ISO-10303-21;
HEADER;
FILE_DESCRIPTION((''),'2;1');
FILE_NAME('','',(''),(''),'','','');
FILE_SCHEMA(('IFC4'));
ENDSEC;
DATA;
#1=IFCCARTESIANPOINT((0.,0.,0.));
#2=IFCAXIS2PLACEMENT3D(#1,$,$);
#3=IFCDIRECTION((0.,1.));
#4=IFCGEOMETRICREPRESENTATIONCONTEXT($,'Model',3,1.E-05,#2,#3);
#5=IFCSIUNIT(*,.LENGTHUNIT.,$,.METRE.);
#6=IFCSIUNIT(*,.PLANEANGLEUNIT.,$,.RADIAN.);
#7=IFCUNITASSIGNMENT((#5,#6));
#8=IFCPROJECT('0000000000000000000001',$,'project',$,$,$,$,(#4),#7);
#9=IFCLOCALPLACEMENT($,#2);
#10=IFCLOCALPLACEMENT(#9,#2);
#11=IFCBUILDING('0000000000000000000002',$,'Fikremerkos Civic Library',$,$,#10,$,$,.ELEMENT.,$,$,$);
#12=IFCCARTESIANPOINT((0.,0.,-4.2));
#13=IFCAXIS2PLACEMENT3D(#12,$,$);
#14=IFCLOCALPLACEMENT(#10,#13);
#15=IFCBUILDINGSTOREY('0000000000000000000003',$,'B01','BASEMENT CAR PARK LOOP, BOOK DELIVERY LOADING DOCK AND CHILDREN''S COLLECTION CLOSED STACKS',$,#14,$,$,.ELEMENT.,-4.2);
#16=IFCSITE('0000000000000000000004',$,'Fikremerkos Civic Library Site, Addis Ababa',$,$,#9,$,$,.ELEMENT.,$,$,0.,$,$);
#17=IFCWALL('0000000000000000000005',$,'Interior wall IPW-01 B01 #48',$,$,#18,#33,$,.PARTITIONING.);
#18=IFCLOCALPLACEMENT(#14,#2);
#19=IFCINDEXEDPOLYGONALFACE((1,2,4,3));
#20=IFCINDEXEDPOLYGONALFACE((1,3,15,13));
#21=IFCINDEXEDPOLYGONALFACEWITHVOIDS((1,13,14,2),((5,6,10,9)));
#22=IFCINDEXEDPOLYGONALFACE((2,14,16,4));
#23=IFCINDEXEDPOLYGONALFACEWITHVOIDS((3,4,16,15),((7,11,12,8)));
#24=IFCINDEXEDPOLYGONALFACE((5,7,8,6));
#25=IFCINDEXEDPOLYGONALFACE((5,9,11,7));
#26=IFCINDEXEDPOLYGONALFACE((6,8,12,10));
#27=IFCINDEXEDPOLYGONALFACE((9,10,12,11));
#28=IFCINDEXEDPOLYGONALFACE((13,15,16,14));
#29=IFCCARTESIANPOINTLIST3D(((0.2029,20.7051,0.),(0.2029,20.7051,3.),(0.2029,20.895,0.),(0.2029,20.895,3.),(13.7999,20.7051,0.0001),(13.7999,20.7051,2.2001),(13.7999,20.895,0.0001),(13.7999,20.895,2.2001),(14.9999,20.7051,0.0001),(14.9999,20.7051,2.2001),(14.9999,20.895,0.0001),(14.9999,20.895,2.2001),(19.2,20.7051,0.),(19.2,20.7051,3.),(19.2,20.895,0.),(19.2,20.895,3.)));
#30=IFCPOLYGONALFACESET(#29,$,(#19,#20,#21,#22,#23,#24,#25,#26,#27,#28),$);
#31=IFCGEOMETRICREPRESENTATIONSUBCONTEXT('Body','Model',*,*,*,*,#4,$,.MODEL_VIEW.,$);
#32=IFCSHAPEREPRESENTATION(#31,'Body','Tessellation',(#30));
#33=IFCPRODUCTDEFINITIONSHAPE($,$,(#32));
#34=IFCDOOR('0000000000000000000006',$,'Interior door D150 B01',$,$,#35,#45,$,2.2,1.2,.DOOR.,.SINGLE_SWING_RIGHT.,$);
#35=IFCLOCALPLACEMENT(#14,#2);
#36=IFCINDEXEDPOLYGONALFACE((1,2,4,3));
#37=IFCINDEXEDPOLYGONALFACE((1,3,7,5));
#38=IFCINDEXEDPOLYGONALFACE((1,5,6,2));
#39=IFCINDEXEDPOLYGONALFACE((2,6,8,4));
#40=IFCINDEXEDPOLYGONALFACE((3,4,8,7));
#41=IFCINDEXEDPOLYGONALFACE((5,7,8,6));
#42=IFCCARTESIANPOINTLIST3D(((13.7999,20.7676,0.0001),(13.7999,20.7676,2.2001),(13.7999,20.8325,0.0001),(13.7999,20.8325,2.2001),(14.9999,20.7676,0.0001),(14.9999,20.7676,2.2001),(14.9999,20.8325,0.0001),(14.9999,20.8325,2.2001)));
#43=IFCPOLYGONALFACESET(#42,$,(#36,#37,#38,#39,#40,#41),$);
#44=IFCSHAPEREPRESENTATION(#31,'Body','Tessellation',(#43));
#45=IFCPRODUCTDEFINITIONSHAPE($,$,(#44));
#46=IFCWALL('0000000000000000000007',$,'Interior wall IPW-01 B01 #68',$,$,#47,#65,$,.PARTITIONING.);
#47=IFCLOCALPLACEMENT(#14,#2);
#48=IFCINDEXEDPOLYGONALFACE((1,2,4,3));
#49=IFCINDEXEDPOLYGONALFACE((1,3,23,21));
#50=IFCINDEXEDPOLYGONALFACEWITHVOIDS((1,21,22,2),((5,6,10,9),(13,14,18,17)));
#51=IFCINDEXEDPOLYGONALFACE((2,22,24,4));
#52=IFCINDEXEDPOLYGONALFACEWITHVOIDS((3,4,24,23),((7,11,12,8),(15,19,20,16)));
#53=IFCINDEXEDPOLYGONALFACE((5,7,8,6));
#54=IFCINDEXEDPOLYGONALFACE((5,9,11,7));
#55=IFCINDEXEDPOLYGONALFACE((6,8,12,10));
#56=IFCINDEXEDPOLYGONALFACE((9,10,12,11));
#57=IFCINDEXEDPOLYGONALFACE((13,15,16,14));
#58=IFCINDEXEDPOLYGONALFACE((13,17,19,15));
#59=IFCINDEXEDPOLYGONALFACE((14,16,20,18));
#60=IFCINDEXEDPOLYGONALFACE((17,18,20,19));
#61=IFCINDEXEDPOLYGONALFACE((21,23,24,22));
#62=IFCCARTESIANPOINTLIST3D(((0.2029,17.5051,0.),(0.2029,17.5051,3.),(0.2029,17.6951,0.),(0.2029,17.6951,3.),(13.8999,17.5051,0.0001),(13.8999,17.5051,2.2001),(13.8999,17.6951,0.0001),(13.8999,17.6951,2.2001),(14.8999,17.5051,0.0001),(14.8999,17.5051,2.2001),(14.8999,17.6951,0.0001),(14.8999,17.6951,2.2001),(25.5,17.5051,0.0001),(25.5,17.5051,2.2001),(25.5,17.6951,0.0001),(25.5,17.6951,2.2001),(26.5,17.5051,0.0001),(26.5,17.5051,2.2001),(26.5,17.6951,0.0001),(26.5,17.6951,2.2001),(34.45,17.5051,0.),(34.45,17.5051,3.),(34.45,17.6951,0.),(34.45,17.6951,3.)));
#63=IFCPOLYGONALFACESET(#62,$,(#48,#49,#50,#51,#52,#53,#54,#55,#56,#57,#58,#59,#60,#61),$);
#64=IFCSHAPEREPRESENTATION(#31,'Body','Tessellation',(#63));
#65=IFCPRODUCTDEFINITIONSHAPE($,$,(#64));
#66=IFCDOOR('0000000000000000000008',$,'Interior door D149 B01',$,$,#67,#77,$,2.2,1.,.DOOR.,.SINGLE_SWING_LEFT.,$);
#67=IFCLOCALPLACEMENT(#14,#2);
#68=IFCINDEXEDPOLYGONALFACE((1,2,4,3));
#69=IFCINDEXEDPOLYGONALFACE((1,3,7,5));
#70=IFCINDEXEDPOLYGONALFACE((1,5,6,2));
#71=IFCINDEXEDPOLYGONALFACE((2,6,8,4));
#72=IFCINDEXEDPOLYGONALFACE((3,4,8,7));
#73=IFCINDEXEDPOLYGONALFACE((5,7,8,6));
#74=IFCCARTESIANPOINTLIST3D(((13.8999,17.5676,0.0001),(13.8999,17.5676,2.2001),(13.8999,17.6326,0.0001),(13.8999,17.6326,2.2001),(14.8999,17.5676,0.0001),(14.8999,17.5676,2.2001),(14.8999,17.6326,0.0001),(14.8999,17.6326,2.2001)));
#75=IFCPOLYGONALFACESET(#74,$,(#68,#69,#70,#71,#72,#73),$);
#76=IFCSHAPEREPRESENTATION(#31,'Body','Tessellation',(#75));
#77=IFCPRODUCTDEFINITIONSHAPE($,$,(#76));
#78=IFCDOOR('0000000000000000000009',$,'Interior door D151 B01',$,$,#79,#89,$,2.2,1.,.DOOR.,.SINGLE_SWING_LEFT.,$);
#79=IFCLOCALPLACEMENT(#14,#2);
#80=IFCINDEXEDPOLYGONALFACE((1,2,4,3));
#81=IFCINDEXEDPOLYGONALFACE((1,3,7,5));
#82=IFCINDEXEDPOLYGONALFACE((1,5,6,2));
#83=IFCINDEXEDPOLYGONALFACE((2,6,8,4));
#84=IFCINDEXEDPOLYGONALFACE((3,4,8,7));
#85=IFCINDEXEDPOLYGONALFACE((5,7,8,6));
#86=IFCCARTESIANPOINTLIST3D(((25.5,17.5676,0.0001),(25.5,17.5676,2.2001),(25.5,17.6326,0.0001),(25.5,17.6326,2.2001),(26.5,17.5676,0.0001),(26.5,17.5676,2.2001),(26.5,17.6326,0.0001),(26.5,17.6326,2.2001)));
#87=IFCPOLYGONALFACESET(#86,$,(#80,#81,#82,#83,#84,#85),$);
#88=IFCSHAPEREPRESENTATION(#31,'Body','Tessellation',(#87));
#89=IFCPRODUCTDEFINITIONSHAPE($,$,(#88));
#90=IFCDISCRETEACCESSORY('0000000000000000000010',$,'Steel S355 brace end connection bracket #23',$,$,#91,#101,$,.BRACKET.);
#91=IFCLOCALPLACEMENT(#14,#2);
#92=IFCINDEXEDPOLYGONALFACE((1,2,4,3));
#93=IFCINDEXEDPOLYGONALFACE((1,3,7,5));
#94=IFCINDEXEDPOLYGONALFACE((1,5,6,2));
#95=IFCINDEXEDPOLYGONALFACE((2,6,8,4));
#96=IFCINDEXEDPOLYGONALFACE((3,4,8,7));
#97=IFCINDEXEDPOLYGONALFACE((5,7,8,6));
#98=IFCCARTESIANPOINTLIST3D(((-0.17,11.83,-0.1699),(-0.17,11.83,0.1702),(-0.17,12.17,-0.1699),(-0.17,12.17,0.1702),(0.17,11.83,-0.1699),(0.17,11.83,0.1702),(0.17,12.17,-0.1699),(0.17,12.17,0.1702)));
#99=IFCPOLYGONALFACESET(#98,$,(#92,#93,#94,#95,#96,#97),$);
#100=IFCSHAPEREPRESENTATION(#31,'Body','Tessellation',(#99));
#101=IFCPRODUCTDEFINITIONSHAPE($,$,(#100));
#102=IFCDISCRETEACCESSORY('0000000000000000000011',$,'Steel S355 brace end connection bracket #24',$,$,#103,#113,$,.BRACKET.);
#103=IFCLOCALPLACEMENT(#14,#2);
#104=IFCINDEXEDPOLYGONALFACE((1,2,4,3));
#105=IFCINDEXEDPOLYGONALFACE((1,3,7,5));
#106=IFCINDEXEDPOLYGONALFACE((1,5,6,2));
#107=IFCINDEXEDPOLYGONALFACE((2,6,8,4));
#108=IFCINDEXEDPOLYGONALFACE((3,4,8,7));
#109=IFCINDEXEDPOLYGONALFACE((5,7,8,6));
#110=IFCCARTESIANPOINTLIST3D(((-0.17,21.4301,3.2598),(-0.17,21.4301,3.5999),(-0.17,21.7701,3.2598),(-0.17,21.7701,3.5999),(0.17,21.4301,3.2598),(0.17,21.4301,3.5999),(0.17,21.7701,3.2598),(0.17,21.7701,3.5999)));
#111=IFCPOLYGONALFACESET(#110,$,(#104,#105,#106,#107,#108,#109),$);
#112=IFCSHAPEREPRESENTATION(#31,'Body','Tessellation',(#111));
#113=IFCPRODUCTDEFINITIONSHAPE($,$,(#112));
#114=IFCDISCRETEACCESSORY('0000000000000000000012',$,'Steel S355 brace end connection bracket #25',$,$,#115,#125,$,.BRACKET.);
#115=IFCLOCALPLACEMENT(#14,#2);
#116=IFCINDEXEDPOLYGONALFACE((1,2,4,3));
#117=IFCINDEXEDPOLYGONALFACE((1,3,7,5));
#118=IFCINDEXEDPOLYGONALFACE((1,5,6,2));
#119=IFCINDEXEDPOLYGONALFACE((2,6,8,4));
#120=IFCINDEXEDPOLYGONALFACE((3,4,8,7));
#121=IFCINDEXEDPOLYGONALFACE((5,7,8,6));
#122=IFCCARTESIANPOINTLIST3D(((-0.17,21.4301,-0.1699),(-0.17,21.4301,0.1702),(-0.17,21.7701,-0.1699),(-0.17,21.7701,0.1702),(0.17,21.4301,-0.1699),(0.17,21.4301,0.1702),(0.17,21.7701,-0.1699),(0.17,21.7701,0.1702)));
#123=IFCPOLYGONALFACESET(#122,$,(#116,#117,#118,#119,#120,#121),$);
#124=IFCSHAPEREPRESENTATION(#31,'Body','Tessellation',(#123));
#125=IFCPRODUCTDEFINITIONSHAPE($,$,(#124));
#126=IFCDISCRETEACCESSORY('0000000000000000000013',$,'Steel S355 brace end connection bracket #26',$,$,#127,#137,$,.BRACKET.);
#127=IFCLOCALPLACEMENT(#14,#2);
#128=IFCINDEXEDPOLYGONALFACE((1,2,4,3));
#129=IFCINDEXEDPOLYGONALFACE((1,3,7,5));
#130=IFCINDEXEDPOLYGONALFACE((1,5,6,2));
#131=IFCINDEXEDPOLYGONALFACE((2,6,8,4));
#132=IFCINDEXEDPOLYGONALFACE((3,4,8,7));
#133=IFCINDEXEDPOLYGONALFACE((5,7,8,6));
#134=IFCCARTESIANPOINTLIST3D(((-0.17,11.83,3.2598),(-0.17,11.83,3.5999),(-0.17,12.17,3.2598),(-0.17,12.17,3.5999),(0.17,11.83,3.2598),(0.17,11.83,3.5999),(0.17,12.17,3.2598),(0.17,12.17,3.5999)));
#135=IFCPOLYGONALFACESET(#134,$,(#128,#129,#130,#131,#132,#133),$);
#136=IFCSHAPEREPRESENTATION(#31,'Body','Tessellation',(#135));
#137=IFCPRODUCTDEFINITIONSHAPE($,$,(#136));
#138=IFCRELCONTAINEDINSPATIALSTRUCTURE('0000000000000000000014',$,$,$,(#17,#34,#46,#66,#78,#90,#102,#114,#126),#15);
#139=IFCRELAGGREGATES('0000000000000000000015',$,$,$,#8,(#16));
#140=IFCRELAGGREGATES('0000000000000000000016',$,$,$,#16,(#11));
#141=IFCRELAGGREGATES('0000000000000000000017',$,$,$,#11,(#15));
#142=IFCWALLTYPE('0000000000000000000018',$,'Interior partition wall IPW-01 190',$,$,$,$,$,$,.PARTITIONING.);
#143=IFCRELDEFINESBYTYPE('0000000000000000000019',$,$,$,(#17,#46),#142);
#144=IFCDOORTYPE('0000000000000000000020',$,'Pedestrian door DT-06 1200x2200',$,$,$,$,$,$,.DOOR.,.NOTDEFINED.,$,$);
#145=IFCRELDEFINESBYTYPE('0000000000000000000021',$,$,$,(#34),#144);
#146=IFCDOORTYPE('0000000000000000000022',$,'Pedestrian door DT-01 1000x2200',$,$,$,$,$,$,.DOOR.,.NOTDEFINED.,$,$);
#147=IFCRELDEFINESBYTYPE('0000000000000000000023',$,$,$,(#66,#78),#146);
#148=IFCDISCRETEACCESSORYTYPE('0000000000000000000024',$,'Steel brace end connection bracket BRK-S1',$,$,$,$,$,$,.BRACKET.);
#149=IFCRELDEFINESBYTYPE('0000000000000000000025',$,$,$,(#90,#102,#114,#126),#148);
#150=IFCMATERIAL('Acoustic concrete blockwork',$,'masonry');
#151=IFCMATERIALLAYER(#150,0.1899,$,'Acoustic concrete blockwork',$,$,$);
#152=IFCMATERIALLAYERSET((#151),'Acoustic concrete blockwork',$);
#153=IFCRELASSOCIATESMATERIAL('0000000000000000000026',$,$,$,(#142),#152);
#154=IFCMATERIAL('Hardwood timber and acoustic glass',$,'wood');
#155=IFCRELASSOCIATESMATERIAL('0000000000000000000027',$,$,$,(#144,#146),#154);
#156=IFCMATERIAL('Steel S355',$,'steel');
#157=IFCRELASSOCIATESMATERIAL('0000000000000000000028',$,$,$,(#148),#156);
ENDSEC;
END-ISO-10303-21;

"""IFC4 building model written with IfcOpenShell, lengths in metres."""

from ifc_helpers import new_model, si_unit, direction, frame, frame_2d, origin, origin_2d, place, context, subcontext, project, spatial, rectangle, extrude, material, layer, layer_set, type_object, element, fill, save


model = new_model("IFC4")

# Units and contexts
model_context = context("Model", 3, precision=1e-05, world=origin(), true_north=direction((0.0, 1.0)))
body_context = subcontext(model_context, "Body", "Model", "MODEL_VIEW")
ifc_project = project(units=[si_unit("LENGTHUNIT", "METRE"), si_unit("PLANEANGLEUNIT", "RADIAN")], contexts=[model_context])

# Site, building, storey
site_placement = place(None, origin())
site = spatial("IfcSite", under=ifc_project, at=site_placement, Name="Fikremerkos Civic Library Site, Addis Ababa", CompositionType="ELEMENT", RefElevation=0.0)
building_placement = place(site_placement, origin())
building = spatial("IfcBuilding", under=site, at=building_placement, Name="Fikremerkos Civic Library", CompositionType="ELEMENT")
storey_placement = place(building_placement, frame((0.0, 0.0, -4.2)))
storey = spatial("IfcBuildingStorey", under=building, at=storey_placement, Name="B01", Description="BASEMENT CAR PARK LOOP, BOOK DELIVERY LOADING DOCK AND CHILDREN'S COLLECTION CLOSED STACKS", CompositionType="ELEMENT", Elevation=-4.2)

# Shared definitions
ifc_material_1 = material(Name="Steel S355", Category="steel")

# Wall, opening, door
ifc_material_2 = material(Name="Acoustic concrete blockwork", Category="masonry")
ifc_layer_1 = layer(ifc_material_2, 0.1899, Name="Acoustic concrete blockwork")
ifc_layer_set_1 = layer_set([ifc_layer_1], Name="Acoustic concrete blockwork")
wall_type_1 = type_object("IfcWallType", Name="Interior partition wall IPW-01 190", PredefinedType="PARTITIONING", material=ifc_layer_set_1)
wall_1_placement = place(storey_placement, frame((0.2029, 20.8, 0.0), z_axis=(0.0, 0.0, 1.0), x_axis=(1.0, 0.0, 0.0)))
wall_1 = element("IfcWall", 1, at=wall_1_placement, inside=storey, type_object=wall_type_1, Name="Interior wall IPW-01 B01 #48", PredefinedType="PARTITIONING", context=body_context, shape_type="SweptSolid", body=[
    extrude(rectangle(XDim=18.9971, YDim=0.1899, at=frame_2d((9.4985, 0.0))), origin(), (0.0, 0.0, 1.0), 3.0),
])
opening_1_placement = place(wall_1_placement, frame((13.5969, 0.0, 0.0)))
opening_1 = element("IfcOpeningElement", 2, at=opening_1_placement, cuts=wall_1, PredefinedType="OPENING", context=body_context, shape_type="SweptSolid", body=[
    extrude(rectangle(XDim=1.2, YDim=2.2, at=frame_2d((0.6001, 1.1001))), frame((0.0, 0.105, 0.0), z_axis=(0.0, -1.0, 0.0), x_axis=(1.0, 0.0, 0.0)), (0.0, 0.0, 1.0), 0.21),
])
ifc_material_3 = material(Name="Hardwood timber and acoustic glass", Category="wood")
door_type_1 = type_object("IfcDoorType", Name="Pedestrian door DT-06 1200x2200", OperationType="NOTDEFINED", PredefinedType="DOOR", material=ifc_material_3)
door_1_placement = place(opening_1_placement, origin())
door_1 = element("IfcDoor", 3, at=door_1_placement, inside=storey, type_object=door_type_1, Name="Interior door D150 B01", OperationType="SINGLE_SWING_RIGHT", OverallHeight=2.2, OverallWidth=1.2, PredefinedType="DOOR", context=body_context, shape_type="SweptSolid", body=[
    extrude(rectangle(XDim=1.2, YDim=2.2, at=frame_2d((0.6001, 1.1001))), frame((0.0, 0.0325, 0.0), z_axis=(0.0, -1.0, 0.0), x_axis=(1.0, 0.0, 0.0)), (0.0, 0.0, 1.0), 0.0649),
])
fill(opening_1, door_1)

# Wall, openings, doors
wall_2_placement = place(storey_placement, frame((0.2029, 17.6001, 0.0), z_axis=(0.0, 0.0, 1.0), x_axis=(1.0, 0.0, 0.0)))
wall_2 = element("IfcWall", 4, at=wall_2_placement, inside=storey, type_object=wall_type_1, Name="Interior wall IPW-01 B01 #68", PredefinedType="PARTITIONING", context=body_context, shape_type="SweptSolid", body=[
    extrude(rectangle(XDim=34.2471, YDim=0.1899, at=frame_2d((17.1235, 0.0))), origin(), (0.0, 0.0, 1.0), 3.0),
])
opening_2_placement = place(wall_2_placement, frame((13.697, 0.0, 0.0)))
opening_2 = element("IfcOpeningElement", 5, at=opening_2_placement, cuts=wall_2, PredefinedType="OPENING", context=body_context, shape_type="SweptSolid", body=[
    extrude(rectangle(XDim=1.0, YDim=2.2, at=frame_2d((0.5, 1.1001))), frame((0.0, 0.105, 0.0), z_axis=(0.0, -1.0, 0.0), x_axis=(1.0, 0.0, 0.0)), (0.0, 0.0, 1.0), 0.21),
])
opening_3_placement = place(wall_2_placement, frame((25.2971, 0.0, 0.0)))
opening_3 = element("IfcOpeningElement", 6, at=opening_3_placement, cuts=wall_2, PredefinedType="OPENING", context=body_context, shape_type="SweptSolid", body=[
    extrude(rectangle(XDim=1.0, YDim=2.2, at=frame_2d((0.5, 1.1001))), frame((0.0, 0.105, 0.0), z_axis=(0.0, -1.0, 0.0), x_axis=(1.0, 0.0, 0.0)), (0.0, 0.0, 1.0), 0.21),
])
door_type_2 = type_object("IfcDoorType", Name="Pedestrian door DT-01 1000x2200", OperationType="NOTDEFINED", PredefinedType="DOOR", material=ifc_material_3)
door_2_placement = place(opening_2_placement, origin())
door_2 = element("IfcDoor", 7, at=door_2_placement, inside=storey, type_object=door_type_2, Name="Interior door D149 B01", OperationType="SINGLE_SWING_LEFT", OverallHeight=2.2, OverallWidth=1.0, PredefinedType="DOOR", context=body_context, shape_type="SweptSolid", body=[
    extrude(rectangle(XDim=1.0, YDim=2.2, at=frame_2d((0.5, 1.1001))), frame((0.0, 0.0325, 0.0), z_axis=(0.0, -1.0, 0.0), x_axis=(1.0, 0.0, 0.0)), (0.0, 0.0, 1.0), 0.0649),
])
fill(opening_2, door_2)
door_3_placement = place(opening_3_placement, origin())
door_3 = element("IfcDoor", 8, at=door_3_placement, inside=storey, type_object=door_type_2, Name="Interior door D151 B01", OperationType="SINGLE_SWING_LEFT", OverallHeight=2.2, OverallWidth=1.0, PredefinedType="DOOR", context=body_context, shape_type="SweptSolid", body=[
    extrude(rectangle(XDim=1.0, YDim=2.2, at=frame_2d((0.5, 1.1001))), frame((0.0, 0.0325, 0.0), z_axis=(0.0, -1.0, 0.0), x_axis=(1.0, 0.0, 0.0)), (0.0, 0.0, 1.0), 0.0649),
])
fill(opening_3, door_3)

# Discrete accessories
discrete_accessory_type = type_object("IfcDiscreteAccessoryType", Name="Steel brace end connection bracket BRK-S1", PredefinedType="BRACKET", material=ifc_material_1)
for number, where, z_axis, x_axis, name in (
    (9, (0.0, 12.0, -0.1699), (0.0, 0.0, 1.0), (1.0, 0.0, 0.0), "Steel S355 brace end connection bracket #23"),
    (10, (0.0, 21.6001, 3.2598), (0.0, 0.0, 1.0), (1.0, 0.0, 0.0), "Steel S355 brace end connection bracket #24"),
    (11, (0.0, 21.6001, -0.1699), (0.0, 0.0, 1.0), (1.0, 0.0, 0.0), "Steel S355 brace end connection bracket #25"),
    (12, (0.0, 12.0, 3.2598), (0.0, 0.0, 1.0), (1.0, 0.0, 0.0), "Steel S355 brace end connection bracket #26"),
):
    element("IfcDiscreteAccessory", number, at=place(storey_placement, frame(where, z_axis=z_axis, x_axis=x_axis)), inside=storey, type_object=discrete_accessory_type, Name=name, PredefinedType="BRACKET", context=body_context, shape_type="SweptSolid", body=[
        extrude(rectangle(XDim=0.3401, YDim=0.3401, at=origin_2d()), origin(), (0.0, 0.0, 1.0), 0.3401),
    ])

save(model, "model.ifc")
